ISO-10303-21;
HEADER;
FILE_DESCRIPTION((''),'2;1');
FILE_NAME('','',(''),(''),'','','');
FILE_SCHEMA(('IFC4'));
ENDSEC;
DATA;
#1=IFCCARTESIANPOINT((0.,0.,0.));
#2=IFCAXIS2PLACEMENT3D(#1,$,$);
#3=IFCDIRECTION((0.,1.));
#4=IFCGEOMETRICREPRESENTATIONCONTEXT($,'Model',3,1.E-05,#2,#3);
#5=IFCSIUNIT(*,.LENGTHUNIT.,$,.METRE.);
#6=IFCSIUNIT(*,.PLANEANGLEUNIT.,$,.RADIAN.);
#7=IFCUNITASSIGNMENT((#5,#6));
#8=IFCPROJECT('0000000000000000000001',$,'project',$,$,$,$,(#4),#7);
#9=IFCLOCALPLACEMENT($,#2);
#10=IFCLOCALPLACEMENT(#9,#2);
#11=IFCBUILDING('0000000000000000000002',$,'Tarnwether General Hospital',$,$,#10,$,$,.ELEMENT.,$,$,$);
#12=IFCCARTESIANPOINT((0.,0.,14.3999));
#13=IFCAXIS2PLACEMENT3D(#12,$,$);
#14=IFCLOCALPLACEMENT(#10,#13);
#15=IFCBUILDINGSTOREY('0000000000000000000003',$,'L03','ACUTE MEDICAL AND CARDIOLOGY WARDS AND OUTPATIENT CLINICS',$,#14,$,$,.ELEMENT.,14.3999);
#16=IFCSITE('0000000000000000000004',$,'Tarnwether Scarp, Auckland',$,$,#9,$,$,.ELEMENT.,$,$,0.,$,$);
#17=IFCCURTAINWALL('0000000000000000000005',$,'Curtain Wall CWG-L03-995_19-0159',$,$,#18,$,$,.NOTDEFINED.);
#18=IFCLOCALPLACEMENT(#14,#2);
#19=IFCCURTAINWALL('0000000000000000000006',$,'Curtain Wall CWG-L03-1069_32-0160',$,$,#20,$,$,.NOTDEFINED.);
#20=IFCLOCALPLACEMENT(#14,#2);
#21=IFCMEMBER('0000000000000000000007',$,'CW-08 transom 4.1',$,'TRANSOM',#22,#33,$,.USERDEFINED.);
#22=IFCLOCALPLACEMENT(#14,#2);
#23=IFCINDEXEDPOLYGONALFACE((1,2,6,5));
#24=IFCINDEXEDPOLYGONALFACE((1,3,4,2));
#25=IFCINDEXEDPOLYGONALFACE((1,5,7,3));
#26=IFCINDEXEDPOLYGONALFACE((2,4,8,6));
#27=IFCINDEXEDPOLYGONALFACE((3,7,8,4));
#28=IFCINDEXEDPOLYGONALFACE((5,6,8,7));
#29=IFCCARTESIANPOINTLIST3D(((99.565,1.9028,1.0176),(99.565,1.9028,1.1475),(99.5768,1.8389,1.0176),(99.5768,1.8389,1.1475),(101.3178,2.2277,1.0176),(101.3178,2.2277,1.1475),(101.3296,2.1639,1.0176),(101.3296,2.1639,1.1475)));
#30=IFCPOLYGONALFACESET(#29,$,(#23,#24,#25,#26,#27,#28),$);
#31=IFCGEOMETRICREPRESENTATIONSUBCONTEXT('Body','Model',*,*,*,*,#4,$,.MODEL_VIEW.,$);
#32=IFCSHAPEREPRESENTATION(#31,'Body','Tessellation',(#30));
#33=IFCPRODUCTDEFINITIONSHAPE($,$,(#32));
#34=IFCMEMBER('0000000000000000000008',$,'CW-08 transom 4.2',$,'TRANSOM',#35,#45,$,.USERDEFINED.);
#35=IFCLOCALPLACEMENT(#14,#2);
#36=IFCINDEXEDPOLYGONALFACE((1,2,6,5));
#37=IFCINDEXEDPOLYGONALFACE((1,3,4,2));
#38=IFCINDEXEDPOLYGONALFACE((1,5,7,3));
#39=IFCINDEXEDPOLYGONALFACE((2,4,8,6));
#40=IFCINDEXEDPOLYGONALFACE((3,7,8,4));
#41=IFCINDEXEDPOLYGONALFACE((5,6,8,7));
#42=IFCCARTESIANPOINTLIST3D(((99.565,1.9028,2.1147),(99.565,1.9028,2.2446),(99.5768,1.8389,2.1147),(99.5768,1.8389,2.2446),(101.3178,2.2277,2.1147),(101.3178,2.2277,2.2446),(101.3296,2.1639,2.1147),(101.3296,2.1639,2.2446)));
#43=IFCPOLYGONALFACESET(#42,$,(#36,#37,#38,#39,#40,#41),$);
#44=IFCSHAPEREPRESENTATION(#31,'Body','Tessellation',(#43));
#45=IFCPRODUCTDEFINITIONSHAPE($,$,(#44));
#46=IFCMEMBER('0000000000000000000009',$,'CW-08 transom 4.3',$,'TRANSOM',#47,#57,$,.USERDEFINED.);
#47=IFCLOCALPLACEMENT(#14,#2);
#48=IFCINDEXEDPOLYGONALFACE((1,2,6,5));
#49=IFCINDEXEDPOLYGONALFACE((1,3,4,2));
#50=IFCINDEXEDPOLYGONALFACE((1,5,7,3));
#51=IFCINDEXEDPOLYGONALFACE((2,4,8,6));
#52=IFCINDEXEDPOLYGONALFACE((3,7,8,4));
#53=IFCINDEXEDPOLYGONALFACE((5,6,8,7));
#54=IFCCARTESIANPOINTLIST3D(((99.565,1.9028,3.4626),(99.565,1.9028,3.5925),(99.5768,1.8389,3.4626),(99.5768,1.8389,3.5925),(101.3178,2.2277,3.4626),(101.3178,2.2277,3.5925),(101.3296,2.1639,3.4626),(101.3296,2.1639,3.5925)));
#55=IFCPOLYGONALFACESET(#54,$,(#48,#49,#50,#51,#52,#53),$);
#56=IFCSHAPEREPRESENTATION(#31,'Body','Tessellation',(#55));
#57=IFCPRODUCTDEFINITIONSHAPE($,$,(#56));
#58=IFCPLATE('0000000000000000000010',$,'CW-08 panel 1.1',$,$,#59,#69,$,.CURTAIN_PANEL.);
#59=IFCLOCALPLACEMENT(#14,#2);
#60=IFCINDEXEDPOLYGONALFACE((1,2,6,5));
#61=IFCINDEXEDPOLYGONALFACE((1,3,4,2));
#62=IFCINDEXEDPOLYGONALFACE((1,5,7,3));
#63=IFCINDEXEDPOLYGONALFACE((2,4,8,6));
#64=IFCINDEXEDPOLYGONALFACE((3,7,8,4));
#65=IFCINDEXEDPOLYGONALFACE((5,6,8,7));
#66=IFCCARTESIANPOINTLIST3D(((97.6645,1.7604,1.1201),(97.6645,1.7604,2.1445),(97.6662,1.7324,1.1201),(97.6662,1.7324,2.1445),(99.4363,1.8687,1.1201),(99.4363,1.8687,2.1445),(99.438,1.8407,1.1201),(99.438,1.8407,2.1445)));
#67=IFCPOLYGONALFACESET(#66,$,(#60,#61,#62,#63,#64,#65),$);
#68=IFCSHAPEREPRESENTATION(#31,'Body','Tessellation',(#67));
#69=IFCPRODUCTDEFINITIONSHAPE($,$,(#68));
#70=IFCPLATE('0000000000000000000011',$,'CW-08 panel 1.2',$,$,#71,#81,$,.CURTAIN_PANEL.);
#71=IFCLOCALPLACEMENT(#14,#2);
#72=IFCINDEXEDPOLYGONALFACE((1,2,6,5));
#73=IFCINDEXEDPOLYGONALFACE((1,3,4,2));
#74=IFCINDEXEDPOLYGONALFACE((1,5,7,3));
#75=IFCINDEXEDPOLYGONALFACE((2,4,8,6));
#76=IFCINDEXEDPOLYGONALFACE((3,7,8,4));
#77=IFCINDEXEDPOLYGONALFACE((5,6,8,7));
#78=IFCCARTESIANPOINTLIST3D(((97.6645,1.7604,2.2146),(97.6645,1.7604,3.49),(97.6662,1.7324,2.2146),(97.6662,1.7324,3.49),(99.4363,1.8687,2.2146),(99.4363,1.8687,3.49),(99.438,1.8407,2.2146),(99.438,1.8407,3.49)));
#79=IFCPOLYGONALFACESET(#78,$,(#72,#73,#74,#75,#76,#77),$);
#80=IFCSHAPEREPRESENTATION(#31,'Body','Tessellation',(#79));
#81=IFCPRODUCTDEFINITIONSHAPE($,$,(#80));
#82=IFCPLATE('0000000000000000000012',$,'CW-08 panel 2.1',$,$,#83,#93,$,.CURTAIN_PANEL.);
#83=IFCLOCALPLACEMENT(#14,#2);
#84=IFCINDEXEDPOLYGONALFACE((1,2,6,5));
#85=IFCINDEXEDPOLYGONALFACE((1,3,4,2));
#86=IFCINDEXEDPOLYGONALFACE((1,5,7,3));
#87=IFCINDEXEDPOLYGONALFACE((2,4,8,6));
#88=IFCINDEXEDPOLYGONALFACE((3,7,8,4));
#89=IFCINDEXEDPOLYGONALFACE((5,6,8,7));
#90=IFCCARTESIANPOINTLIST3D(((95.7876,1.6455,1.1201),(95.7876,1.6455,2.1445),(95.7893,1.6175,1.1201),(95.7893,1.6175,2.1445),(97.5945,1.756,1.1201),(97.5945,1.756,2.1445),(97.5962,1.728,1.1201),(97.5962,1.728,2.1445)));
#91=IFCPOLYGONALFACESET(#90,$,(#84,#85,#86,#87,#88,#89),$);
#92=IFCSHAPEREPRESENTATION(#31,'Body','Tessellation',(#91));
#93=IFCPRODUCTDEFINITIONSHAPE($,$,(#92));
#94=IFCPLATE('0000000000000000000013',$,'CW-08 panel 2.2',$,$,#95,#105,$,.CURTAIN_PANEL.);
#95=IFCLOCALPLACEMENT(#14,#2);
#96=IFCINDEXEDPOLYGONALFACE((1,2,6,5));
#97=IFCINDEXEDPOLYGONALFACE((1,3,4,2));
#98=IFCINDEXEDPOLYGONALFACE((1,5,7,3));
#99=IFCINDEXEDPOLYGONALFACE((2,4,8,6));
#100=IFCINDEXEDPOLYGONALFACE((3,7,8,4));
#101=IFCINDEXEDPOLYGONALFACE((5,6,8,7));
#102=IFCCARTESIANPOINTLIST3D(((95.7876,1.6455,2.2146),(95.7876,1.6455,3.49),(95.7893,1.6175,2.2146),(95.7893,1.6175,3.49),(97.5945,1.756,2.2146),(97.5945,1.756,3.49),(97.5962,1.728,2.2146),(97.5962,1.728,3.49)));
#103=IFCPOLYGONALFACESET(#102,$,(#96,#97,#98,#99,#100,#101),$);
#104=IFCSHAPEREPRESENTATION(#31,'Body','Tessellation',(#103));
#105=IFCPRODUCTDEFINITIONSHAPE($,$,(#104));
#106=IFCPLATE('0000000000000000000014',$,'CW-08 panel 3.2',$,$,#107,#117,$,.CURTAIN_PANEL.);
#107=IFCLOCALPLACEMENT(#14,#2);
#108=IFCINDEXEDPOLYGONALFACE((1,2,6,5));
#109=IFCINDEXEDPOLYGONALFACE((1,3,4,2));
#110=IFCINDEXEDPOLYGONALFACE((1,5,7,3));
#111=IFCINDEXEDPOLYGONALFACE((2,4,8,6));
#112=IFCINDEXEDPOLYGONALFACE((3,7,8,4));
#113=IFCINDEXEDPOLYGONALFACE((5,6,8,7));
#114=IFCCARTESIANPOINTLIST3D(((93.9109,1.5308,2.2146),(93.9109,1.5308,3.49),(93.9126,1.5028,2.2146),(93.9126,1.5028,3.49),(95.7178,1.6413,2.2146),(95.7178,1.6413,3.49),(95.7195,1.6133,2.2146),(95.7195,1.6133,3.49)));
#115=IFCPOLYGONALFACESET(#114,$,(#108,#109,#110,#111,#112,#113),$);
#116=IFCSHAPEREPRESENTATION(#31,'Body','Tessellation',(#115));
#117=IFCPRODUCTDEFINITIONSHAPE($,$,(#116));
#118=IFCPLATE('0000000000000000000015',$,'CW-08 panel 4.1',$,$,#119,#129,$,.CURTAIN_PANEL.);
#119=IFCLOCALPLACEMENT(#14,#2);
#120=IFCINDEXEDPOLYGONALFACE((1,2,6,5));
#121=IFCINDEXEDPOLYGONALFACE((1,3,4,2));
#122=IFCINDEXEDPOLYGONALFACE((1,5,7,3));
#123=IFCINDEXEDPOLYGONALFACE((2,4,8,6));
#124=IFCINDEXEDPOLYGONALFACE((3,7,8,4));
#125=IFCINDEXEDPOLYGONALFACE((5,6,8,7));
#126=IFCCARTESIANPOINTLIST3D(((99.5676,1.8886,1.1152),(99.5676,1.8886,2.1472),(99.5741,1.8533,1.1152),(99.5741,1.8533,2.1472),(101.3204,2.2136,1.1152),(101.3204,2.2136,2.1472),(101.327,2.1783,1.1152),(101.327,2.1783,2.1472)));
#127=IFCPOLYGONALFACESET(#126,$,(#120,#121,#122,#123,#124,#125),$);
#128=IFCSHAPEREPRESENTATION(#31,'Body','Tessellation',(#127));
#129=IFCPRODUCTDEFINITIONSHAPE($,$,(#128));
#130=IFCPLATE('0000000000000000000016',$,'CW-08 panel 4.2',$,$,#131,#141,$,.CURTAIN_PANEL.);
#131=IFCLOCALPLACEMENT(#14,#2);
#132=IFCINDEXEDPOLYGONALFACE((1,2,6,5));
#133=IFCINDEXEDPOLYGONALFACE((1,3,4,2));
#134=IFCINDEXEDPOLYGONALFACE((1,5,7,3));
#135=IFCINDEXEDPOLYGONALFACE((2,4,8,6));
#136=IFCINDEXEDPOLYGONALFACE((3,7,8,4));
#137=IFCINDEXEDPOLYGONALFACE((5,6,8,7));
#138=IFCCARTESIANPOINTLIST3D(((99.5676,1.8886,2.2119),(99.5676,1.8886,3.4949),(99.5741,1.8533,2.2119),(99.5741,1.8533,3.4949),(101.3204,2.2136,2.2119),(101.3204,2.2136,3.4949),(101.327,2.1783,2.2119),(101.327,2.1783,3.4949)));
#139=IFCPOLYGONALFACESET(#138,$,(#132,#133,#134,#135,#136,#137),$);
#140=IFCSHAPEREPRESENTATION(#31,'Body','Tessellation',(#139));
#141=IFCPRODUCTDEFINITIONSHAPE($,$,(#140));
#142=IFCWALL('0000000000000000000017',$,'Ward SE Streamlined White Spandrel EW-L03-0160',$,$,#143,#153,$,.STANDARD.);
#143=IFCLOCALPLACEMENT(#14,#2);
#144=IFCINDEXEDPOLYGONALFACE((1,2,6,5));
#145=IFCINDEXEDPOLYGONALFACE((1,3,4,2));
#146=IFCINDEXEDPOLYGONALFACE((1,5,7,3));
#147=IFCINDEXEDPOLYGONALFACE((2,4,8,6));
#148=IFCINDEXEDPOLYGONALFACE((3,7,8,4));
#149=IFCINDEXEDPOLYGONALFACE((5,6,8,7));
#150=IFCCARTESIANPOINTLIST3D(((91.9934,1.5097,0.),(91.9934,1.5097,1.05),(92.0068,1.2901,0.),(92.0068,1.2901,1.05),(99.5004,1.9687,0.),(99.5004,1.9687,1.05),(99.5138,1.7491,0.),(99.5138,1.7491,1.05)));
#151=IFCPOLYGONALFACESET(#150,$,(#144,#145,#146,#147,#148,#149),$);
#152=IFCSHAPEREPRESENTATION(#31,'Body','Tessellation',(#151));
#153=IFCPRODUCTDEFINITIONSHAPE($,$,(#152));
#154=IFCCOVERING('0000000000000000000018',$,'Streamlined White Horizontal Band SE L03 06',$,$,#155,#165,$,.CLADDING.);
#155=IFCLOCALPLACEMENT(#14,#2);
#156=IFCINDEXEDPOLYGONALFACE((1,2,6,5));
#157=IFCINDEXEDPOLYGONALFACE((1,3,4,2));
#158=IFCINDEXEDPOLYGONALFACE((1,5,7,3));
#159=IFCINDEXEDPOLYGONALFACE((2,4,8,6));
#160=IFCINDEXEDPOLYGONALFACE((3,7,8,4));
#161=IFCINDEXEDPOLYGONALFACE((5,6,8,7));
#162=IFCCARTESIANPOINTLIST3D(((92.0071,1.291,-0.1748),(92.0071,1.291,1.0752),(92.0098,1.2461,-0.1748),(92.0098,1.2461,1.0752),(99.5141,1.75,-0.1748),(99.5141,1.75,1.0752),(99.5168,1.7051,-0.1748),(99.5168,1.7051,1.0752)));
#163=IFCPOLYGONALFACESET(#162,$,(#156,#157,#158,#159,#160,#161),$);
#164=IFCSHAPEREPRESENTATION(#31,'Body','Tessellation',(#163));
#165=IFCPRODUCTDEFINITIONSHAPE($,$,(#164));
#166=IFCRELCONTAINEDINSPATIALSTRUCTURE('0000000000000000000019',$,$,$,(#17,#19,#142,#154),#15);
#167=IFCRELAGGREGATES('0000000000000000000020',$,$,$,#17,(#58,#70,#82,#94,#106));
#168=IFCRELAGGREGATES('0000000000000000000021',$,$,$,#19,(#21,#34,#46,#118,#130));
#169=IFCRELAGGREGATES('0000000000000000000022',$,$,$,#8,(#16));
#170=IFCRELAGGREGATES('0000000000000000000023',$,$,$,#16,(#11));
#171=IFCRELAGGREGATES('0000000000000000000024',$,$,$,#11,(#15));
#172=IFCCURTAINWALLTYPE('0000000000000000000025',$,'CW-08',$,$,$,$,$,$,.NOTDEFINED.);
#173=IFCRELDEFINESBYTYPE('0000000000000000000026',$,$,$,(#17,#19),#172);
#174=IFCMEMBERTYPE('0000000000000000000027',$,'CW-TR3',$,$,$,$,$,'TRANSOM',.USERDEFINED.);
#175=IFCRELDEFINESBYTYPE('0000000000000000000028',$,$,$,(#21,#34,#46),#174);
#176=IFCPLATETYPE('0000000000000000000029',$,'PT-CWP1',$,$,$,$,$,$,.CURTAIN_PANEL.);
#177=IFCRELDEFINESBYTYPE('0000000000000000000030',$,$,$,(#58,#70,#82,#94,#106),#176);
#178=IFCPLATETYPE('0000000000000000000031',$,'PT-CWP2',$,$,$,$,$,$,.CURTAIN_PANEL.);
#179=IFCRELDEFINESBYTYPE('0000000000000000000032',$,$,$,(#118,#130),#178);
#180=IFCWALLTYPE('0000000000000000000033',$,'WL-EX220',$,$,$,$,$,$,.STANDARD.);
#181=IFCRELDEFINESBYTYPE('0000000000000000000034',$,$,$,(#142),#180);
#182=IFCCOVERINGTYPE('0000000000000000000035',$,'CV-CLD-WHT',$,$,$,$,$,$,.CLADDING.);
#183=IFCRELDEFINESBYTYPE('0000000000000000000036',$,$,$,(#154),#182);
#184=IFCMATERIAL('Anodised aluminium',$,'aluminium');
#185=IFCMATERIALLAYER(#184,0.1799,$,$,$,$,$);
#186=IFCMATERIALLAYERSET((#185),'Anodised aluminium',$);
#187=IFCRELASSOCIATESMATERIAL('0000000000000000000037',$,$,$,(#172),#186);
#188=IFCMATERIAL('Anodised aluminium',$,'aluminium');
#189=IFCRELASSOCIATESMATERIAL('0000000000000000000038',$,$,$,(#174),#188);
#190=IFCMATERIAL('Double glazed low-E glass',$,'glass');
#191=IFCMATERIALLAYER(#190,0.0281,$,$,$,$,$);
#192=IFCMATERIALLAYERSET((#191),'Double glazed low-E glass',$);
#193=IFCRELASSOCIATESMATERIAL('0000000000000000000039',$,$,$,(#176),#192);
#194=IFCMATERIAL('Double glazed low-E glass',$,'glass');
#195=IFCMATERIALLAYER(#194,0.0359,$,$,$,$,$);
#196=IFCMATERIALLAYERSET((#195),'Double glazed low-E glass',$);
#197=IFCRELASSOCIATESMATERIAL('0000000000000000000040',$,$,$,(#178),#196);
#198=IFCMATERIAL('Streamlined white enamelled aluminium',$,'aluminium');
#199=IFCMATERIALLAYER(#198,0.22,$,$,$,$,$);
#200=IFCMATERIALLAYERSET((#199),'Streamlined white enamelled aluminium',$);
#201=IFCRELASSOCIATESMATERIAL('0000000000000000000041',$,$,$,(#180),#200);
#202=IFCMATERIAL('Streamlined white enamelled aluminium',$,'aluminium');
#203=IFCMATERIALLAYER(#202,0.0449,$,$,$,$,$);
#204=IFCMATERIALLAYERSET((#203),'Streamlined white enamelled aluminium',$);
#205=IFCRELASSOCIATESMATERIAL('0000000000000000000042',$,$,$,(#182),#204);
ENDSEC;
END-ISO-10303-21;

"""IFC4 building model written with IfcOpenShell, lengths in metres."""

from ifc_helpers import new_model, si_unit, direction, frame, frame_2d, origin, origin_2d, place, context, subcontext, project, spatial, rectangle, extrude, material, layer, layer_set, material_profile, profile_set, type_object, element, aggregate, save


model = new_model("IFC4")

# Units and contexts
model_context = context("Model", 3, precision=1e-05, world=origin(), true_north=direction((0.0, 1.0)))
body_context = subcontext(model_context, "Body", "Model", "MODEL_VIEW")
ifc_project = project(units=[si_unit("LENGTHUNIT", "METRE"), si_unit("PLANEANGLEUNIT", "RADIAN")], contexts=[model_context])

# Site, building, storey
site_placement = place(None, origin())
site = spatial("IfcSite", under=ifc_project, at=site_placement, Name="Tarnwether Scarp, Auckland", CompositionType="ELEMENT", RefElevation=0.0)
building_placement = place(site_placement, origin())
building = spatial("IfcBuilding", under=site, at=building_placement, Name="Tarnwether General Hospital", CompositionType="ELEMENT")
storey_placement = place(building_placement, frame((0.0, 0.0, 14.3999)))
storey = spatial("IfcBuildingStorey", under=building, at=storey_placement, Name="L03", Description="ACUTE MEDICAL AND CARDIOLOGY WARDS AND OUTPATIENT CLINICS", CompositionType="ELEMENT", Elevation=14.3999)

# Curtain walls
ifc_material_1 = material(Name="Anodised aluminium", Category="aluminium")
ifc_layer_1 = layer(ifc_material_1, 0.1799)
ifc_layer_set_1 = layer_set([ifc_layer_1], Name="Anodised aluminium")
curtain_wall_type = type_object("IfcCurtainWallType", Name="CW-08", PredefinedType="NOTDEFINED", material=ifc_layer_set_1)
curtain_wall_1_placement = place(storey_placement, origin())
curtain_wall_1 = element("IfcCurtainWall", 1, at=curtain_wall_1_placement, inside=storey, type_object=curtain_wall_type, Name="Curtain Wall CWG-L03-995_19-0159", PredefinedType="NOTDEFINED")
curtain_wall_2_placement = place(storey_placement, origin())
curtain_wall_2 = element("IfcCurtainWall", 2, at=curtain_wall_2_placement, inside=storey, type_object=curtain_wall_type, Name="Curtain Wall CWG-L03-1069_32-0160", PredefinedType="NOTDEFINED")

# Members
ifc_material_2 = material(Name="Anodised aluminium", Category="aluminium")
ifc_material_profile_1 = material_profile(ifc_material_2, rectangle(XDim=0.0649, YDim=0.1299, at=origin_2d()), Name="ALU-TRN-65x130")
ifc_profile_set_1 = profile_set([ifc_material_profile_1], Name="Anodised aluminium")
member_type_1 = type_object("IfcMemberType", Name="CW-TR3", ElementType="TRANSOM", PredefinedType="USERDEFINED", material=ifc_profile_set_1)
member_1_placement = place(storey_placement, frame((101.3237, 2.1958, 1.0825), z_axis=(-0.983248, -0.182271, 0.0), x_axis=(0.182271, -0.983248, 0.0)))
member_1 = element("IfcMember", 3, at=member_1_placement, type_object=member_type_1, Name="CW-08 transom 4.1", ObjectType="TRANSOM", PredefinedType="USERDEFINED", context=body_context, shape_type="SweptSolid", body=[
    extrude(rectangle(XDim=0.0649, YDim=0.1299, at=origin_2d()), origin(), (0.0, 0.0, 1.0), 1.7827),
])
member_2_placement = place(storey_placement, frame((101.3237, 2.1958, 2.1797), z_axis=(-0.983248, -0.182271, 0.0), x_axis=(0.182271, -0.983248, 0.0)))
member_2 = element("IfcMember", 4, at=member_2_placement, type_object=member_type_1, Name="CW-08 transom 4.2", ObjectType="TRANSOM", PredefinedType="USERDEFINED", context=body_context, shape_type="SweptSolid", body=[
    extrude(rectangle(XDim=0.0649, YDim=0.1299, at=origin_2d()), origin(), (0.0, 0.0, 1.0), 1.7827),
])
member_3_placement = place(storey_placement, frame((101.3237, 2.1958, 3.5276), z_axis=(-0.983248, -0.182271, 0.0), x_axis=(0.182271, -0.983248, 0.0)))
member_3 = element("IfcMember", 5, at=member_3_placement, type_object=member_type_1, Name="CW-08 transom 4.3", ObjectType="TRANSOM", PredefinedType="USERDEFINED", context=body_context, shape_type="SweptSolid", body=[
    extrude(rectangle(XDim=0.0649, YDim=0.1299, at=origin_2d()), origin(), (0.0, 0.0, 1.0), 1.7827),
])

# Plates
ifc_material_3 = material(Name="Double glazed low-E glass", Category="glass")
ifc_layer_2 = layer(ifc_material_3, 0.0281)
ifc_layer_set_2 = layer_set([ifc_layer_2], Name="Double glazed low-E glass")
plate_type_1 = type_object("IfcPlateType", Name="PT-CWP1", PredefinedType="CURTAIN_PANEL", material=ifc_layer_set_2)
plate_1_placement = place(storey_placement, frame((98.5513, 1.8005, 1.1201), z_axis=(0.0, 0.0, 1.0), x_axis=(-0.998136, -0.061029, 0.0)))
plate_1 = element("IfcPlate", 6, at=plate_1_placement, type_object=plate_type_1, Name="CW-08 panel 1.1", PredefinedType="CURTAIN_PANEL", context=body_context, shape_type="SweptSolid", body=[
    extrude(rectangle(XDim=1.7751, YDim=0.0281, at=origin_2d()), origin(), (0.0, 0.0, 1.0), 1.0244),
])
plate_2_placement = place(storey_placement, frame((98.5513, 1.8005, 2.2146), z_axis=(0.0, 0.0, 1.0), x_axis=(-0.998136, -0.061029, 0.0)))
plate_2 = element("IfcPlate", 7, at=plate_2_placement, type_object=plate_type_1, Name="CW-08 panel 1.2", PredefinedType="CURTAIN_PANEL", context=body_context, shape_type="SweptSolid", body=[
    extrude(rectangle(XDim=1.7751, YDim=0.0281, at=origin_2d()), origin(), (0.0, 0.0, 1.0), 1.2754),
])
plate_3_placement = place(storey_placement, frame((96.6919, 1.6868, 1.1201), z_axis=(0.0, 0.0, 1.0), x_axis=(-0.998136, -0.061029, 0.0)))
plate_3 = element("IfcPlate", 8, at=plate_3_placement, type_object=plate_type_1, Name="CW-08 panel 2.1", PredefinedType="CURTAIN_PANEL", context=body_context, shape_type="SweptSolid", body=[
    extrude(rectangle(XDim=1.8103, YDim=0.0281, at=origin_2d()), origin(), (0.0, 0.0, 1.0), 1.0244),
])
plate_4_placement = place(storey_placement, frame((96.6919, 1.6868, 2.2146), z_axis=(0.0, 0.0, 1.0), x_axis=(-0.998136, -0.061029, 0.0)))
plate_4 = element("IfcPlate", 9, at=plate_4_placement, type_object=plate_type_1, Name="CW-08 panel 2.2", PredefinedType="CURTAIN_PANEL", context=body_context, shape_type="SweptSolid", body=[
    extrude(rectangle(XDim=1.8103, YDim=0.0281, at=origin_2d()), origin(), (0.0, 0.0, 1.0), 1.2754),
])
plate_5_placement = place(storey_placement, frame((94.8152, 1.572, 2.2146), z_axis=(0.0, 0.0, 1.0), x_axis=(-0.998136, -0.061029, 0.0)))
plate_5 = element("IfcPlate", 10, at=plate_5_placement, type_object=plate_type_1, Name="CW-08 panel 3.2", PredefinedType="CURTAIN_PANEL", context=body_context, shape_type="SweptSolid", body=[
    extrude(rectangle(XDim=1.8103, YDim=0.0281, at=origin_2d()), origin(), (0.0, 0.0, 1.0), 1.2754),
])
aggregate(curtain_wall_1, [plate_1, plate_2, plate_3, plate_4, plate_5])
ifc_material_4 = material(Name="Double glazed low-E glass", Category="glass")
ifc_layer_3 = layer(ifc_material_4, 0.0359)
ifc_layer_set_3 = layer_set([ifc_layer_3], Name="Double glazed low-E glass")
plate_type_2 = type_object("IfcPlateType", Name="PT-CWP2", PredefinedType="CURTAIN_PANEL", material=ifc_layer_set_3)
plate_6_placement = place(storey_placement, frame((100.4473, 2.0334, 1.1152), z_axis=(0.0, 0.0, 1.0), x_axis=(-0.983245, -0.182289, 0.0)))
plate_6 = element("IfcPlate", 11, at=plate_6_placement, type_object=plate_type_2, Name="CW-08 panel 4.1", PredefinedType="CURTAIN_PANEL", context=body_context, shape_type="SweptSolid", body=[
    extrude(rectangle(XDim=1.7827, YDim=0.0359, at=origin_2d()), origin(), (0.0, 0.0, 1.0), 1.032),
])
plate_7_placement = place(storey_placement, frame((100.4473, 2.0334, 2.2119), z_axis=(0.0, 0.0, 1.0), x_axis=(-0.983245, -0.182289, 0.0)))
plate_7 = element("IfcPlate", 12, at=plate_7_placement, type_object=plate_type_2, Name="CW-08 panel 4.2", PredefinedType="CURTAIN_PANEL", context=body_context, shape_type="SweptSolid", body=[
    extrude(rectangle(XDim=1.7827, YDim=0.0359, at=origin_2d()), origin(), (0.0, 0.0, 1.0), 1.283),
])
aggregate(curtain_wall_2, [member_1, member_2, member_3, plate_6, plate_7])

# Wall
ifc_material_5 = material(Name="Streamlined white enamelled aluminium", Category="aluminium")
ifc_layer_4 = layer(ifc_material_5, 0.22)
ifc_layer_set_4 = layer_set([ifc_layer_4], Name="Streamlined white enamelled aluminium")
wall_type = type_object("IfcWallType", Name="WL-EX220", PredefinedType="STANDARD", material=ifc_layer_set_4)
wall_placement = place(storey_placement, frame((99.5071, 1.8589, 0.0), z_axis=(0.0, 0.0, 1.0), x_axis=(-0.998136, -0.061026, 0.0)))
element("IfcWall", 13, at=wall_placement, inside=storey, type_object=wall_type, Name="Ward SE Streamlined White Spandrel EW-L03-0160", PredefinedType="STANDARD", context=body_context, shape_type="SweptSolid", body=[
    extrude(rectangle(XDim=7.521, YDim=0.22, at=frame_2d((3.7605, 0.0))), origin(), (0.0, 0.0, 1.0), 1.05),
])

# Covering
ifc_material_6 = material(Name="Streamlined white enamelled aluminium", Category="aluminium")
ifc_layer_5 = layer(ifc_material_6, 0.0449)
ifc_layer_set_5 = layer_set([ifc_layer_5], Name="Streamlined white enamelled aluminium")
covering_type = type_object("IfcCoveringType", Name="CV-CLD-WHT", PredefinedType="CLADDING", material=ifc_layer_set_5)
covering_placement = place(storey_placement, frame((95.762, 1.498, -0.1748), z_axis=(0.0, 0.0, 1.0), x_axis=(-0.998136, -0.061031, 0.0)))
element("IfcCovering", 14, at=covering_placement, inside=storey, type_object=covering_type, Name="Streamlined White Horizontal Band SE L03 06", PredefinedType="CLADDING", context=body_context, shape_type="SweptSolid", body=[
    extrude(rectangle(XDim=7.521, YDim=0.0449, at=origin_2d()), origin(), (0.0, 0.0, 1.0), 1.25),
])

save(model, "model.ifc")
